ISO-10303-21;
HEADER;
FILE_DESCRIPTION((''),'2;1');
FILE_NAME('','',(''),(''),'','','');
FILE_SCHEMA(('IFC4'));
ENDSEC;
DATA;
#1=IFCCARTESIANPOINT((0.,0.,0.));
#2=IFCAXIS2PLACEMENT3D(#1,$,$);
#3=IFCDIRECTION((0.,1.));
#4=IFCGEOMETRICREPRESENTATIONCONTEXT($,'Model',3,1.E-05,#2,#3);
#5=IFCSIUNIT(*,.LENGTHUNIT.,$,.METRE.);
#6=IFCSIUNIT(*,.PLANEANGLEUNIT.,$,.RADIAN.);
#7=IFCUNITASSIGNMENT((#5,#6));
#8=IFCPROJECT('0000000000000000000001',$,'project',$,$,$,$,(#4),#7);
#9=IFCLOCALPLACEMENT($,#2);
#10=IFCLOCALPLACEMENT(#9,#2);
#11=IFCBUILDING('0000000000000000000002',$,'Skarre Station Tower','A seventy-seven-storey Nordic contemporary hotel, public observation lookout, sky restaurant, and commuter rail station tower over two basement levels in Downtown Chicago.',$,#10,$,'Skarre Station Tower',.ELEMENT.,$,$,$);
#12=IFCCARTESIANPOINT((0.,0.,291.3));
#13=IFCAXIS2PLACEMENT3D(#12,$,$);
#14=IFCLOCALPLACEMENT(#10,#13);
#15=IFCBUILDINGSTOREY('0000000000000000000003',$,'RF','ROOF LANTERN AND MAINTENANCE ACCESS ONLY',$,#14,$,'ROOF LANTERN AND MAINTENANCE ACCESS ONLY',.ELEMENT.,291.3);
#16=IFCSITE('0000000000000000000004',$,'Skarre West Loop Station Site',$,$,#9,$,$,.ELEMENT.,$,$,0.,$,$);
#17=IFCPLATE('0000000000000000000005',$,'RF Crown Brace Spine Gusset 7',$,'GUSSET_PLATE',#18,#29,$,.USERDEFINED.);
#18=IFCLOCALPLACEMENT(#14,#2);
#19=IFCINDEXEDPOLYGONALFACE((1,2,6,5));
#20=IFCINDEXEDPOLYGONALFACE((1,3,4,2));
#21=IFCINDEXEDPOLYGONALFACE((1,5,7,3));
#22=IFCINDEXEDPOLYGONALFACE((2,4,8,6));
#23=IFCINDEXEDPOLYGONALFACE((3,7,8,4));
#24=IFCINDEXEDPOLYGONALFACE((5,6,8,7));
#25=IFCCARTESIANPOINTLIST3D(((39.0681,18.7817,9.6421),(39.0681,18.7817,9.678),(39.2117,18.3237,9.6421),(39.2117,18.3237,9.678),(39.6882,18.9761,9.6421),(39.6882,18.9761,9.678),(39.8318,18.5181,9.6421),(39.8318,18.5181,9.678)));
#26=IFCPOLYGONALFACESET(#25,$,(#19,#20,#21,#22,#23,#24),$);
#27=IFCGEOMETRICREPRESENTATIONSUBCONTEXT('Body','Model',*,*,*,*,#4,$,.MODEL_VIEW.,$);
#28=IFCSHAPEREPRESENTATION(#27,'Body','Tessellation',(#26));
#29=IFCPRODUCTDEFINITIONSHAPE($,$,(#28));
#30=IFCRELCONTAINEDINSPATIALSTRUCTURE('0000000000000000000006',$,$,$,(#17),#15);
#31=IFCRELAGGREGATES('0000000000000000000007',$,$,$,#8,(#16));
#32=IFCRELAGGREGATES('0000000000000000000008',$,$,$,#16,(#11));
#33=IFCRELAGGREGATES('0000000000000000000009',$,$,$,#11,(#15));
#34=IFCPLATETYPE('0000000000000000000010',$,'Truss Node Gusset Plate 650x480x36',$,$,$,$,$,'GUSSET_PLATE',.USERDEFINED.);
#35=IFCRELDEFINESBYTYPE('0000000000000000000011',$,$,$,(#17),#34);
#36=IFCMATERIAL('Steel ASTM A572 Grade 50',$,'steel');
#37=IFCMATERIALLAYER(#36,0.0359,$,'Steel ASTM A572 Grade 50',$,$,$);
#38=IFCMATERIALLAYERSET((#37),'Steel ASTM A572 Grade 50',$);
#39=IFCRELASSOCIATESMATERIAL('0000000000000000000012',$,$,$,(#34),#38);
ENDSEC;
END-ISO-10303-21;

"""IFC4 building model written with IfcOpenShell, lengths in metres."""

from ifc_helpers import new_model, si_unit, direction, frame, origin, origin_2d, place, context, subcontext, project, spatial, rectangle, extrude, material, layer, layer_set, type_object, element, save


model = new_model("IFC4")

# Units and contexts
model_context = context("Model", 3, precision=1e-05, world=origin(), true_north=direction((0.0, 1.0)))
body_context = subcontext(model_context, "Body", "Model", "MODEL_VIEW")
ifc_project = project(units=[si_unit("LENGTHUNIT", "METRE"), si_unit("PLANEANGLEUNIT", "RADIAN")], contexts=[model_context])

# Site, building, storey
site_placement = place(None, origin())
site = spatial("IfcSite", under=ifc_project, at=site_placement, Name="Skarre West Loop Station Site", CompositionType="ELEMENT", RefElevation=0.0)
building_placement = place(site_placement, origin())
building = spatial("IfcBuilding", under=site, at=building_placement, Name="Skarre Station Tower", Description="A seventy-seven-storey Nordic contemporary hotel, public observation lookout, sky restaurant, and commuter rail station tower over two basement levels in Downtown Chicago.", LongName="Skarre Station Tower", CompositionType="ELEMENT")
storey_placement = place(building_placement, frame((0.0, 0.0, 291.3)))
storey = spatial("IfcBuildingStorey", under=building, at=storey_placement, Name="RF", Description="ROOF LANTERN AND MAINTENANCE ACCESS ONLY", LongName="ROOF LANTERN AND MAINTENANCE ACCESS ONLY", CompositionType="ELEMENT", Elevation=291.3)

# Shared definitions
ifc_material_1 = material(Name="Steel ASTM A572 Grade 50", Category="steel")

# Plate
ifc_layer_1 = layer(ifc_material_1, 0.0359, Name="Steel ASTM A572 Grade 50")
ifc_layer_set_1 = layer_set([ifc_layer_1], Name="Steel ASTM A572 Grade 50")
plate_type_1 = type_object("IfcPlateType", Name="Truss Node Gusset Plate 650x480x36", ElementType="GUSSET_PLATE", PredefinedType="USERDEFINED", material=ifc_layer_set_1)
plate_1_placement = place(storey_placement, frame((39.45, 18.6499, 9.6421), z_axis=(0.0, 0.0, 1.0), x_axis=(0.954225, 0.299091, 0.0)))
element("IfcPlate", 1, at=plate_1_placement, inside=storey, type_object=plate_type_1, Name="RF Crown Brace Spine Gusset 7", ObjectType="GUSSET_PLATE", PredefinedType="USERDEFINED", context=body_context, shape_type="SweptSolid", body=[
    extrude(rectangle(XDim=0.6499, YDim=0.48, at=origin_2d()), origin(), (0.0, 0.0, 1.0), 0.0359),
])

save(model, "model.ifc")
